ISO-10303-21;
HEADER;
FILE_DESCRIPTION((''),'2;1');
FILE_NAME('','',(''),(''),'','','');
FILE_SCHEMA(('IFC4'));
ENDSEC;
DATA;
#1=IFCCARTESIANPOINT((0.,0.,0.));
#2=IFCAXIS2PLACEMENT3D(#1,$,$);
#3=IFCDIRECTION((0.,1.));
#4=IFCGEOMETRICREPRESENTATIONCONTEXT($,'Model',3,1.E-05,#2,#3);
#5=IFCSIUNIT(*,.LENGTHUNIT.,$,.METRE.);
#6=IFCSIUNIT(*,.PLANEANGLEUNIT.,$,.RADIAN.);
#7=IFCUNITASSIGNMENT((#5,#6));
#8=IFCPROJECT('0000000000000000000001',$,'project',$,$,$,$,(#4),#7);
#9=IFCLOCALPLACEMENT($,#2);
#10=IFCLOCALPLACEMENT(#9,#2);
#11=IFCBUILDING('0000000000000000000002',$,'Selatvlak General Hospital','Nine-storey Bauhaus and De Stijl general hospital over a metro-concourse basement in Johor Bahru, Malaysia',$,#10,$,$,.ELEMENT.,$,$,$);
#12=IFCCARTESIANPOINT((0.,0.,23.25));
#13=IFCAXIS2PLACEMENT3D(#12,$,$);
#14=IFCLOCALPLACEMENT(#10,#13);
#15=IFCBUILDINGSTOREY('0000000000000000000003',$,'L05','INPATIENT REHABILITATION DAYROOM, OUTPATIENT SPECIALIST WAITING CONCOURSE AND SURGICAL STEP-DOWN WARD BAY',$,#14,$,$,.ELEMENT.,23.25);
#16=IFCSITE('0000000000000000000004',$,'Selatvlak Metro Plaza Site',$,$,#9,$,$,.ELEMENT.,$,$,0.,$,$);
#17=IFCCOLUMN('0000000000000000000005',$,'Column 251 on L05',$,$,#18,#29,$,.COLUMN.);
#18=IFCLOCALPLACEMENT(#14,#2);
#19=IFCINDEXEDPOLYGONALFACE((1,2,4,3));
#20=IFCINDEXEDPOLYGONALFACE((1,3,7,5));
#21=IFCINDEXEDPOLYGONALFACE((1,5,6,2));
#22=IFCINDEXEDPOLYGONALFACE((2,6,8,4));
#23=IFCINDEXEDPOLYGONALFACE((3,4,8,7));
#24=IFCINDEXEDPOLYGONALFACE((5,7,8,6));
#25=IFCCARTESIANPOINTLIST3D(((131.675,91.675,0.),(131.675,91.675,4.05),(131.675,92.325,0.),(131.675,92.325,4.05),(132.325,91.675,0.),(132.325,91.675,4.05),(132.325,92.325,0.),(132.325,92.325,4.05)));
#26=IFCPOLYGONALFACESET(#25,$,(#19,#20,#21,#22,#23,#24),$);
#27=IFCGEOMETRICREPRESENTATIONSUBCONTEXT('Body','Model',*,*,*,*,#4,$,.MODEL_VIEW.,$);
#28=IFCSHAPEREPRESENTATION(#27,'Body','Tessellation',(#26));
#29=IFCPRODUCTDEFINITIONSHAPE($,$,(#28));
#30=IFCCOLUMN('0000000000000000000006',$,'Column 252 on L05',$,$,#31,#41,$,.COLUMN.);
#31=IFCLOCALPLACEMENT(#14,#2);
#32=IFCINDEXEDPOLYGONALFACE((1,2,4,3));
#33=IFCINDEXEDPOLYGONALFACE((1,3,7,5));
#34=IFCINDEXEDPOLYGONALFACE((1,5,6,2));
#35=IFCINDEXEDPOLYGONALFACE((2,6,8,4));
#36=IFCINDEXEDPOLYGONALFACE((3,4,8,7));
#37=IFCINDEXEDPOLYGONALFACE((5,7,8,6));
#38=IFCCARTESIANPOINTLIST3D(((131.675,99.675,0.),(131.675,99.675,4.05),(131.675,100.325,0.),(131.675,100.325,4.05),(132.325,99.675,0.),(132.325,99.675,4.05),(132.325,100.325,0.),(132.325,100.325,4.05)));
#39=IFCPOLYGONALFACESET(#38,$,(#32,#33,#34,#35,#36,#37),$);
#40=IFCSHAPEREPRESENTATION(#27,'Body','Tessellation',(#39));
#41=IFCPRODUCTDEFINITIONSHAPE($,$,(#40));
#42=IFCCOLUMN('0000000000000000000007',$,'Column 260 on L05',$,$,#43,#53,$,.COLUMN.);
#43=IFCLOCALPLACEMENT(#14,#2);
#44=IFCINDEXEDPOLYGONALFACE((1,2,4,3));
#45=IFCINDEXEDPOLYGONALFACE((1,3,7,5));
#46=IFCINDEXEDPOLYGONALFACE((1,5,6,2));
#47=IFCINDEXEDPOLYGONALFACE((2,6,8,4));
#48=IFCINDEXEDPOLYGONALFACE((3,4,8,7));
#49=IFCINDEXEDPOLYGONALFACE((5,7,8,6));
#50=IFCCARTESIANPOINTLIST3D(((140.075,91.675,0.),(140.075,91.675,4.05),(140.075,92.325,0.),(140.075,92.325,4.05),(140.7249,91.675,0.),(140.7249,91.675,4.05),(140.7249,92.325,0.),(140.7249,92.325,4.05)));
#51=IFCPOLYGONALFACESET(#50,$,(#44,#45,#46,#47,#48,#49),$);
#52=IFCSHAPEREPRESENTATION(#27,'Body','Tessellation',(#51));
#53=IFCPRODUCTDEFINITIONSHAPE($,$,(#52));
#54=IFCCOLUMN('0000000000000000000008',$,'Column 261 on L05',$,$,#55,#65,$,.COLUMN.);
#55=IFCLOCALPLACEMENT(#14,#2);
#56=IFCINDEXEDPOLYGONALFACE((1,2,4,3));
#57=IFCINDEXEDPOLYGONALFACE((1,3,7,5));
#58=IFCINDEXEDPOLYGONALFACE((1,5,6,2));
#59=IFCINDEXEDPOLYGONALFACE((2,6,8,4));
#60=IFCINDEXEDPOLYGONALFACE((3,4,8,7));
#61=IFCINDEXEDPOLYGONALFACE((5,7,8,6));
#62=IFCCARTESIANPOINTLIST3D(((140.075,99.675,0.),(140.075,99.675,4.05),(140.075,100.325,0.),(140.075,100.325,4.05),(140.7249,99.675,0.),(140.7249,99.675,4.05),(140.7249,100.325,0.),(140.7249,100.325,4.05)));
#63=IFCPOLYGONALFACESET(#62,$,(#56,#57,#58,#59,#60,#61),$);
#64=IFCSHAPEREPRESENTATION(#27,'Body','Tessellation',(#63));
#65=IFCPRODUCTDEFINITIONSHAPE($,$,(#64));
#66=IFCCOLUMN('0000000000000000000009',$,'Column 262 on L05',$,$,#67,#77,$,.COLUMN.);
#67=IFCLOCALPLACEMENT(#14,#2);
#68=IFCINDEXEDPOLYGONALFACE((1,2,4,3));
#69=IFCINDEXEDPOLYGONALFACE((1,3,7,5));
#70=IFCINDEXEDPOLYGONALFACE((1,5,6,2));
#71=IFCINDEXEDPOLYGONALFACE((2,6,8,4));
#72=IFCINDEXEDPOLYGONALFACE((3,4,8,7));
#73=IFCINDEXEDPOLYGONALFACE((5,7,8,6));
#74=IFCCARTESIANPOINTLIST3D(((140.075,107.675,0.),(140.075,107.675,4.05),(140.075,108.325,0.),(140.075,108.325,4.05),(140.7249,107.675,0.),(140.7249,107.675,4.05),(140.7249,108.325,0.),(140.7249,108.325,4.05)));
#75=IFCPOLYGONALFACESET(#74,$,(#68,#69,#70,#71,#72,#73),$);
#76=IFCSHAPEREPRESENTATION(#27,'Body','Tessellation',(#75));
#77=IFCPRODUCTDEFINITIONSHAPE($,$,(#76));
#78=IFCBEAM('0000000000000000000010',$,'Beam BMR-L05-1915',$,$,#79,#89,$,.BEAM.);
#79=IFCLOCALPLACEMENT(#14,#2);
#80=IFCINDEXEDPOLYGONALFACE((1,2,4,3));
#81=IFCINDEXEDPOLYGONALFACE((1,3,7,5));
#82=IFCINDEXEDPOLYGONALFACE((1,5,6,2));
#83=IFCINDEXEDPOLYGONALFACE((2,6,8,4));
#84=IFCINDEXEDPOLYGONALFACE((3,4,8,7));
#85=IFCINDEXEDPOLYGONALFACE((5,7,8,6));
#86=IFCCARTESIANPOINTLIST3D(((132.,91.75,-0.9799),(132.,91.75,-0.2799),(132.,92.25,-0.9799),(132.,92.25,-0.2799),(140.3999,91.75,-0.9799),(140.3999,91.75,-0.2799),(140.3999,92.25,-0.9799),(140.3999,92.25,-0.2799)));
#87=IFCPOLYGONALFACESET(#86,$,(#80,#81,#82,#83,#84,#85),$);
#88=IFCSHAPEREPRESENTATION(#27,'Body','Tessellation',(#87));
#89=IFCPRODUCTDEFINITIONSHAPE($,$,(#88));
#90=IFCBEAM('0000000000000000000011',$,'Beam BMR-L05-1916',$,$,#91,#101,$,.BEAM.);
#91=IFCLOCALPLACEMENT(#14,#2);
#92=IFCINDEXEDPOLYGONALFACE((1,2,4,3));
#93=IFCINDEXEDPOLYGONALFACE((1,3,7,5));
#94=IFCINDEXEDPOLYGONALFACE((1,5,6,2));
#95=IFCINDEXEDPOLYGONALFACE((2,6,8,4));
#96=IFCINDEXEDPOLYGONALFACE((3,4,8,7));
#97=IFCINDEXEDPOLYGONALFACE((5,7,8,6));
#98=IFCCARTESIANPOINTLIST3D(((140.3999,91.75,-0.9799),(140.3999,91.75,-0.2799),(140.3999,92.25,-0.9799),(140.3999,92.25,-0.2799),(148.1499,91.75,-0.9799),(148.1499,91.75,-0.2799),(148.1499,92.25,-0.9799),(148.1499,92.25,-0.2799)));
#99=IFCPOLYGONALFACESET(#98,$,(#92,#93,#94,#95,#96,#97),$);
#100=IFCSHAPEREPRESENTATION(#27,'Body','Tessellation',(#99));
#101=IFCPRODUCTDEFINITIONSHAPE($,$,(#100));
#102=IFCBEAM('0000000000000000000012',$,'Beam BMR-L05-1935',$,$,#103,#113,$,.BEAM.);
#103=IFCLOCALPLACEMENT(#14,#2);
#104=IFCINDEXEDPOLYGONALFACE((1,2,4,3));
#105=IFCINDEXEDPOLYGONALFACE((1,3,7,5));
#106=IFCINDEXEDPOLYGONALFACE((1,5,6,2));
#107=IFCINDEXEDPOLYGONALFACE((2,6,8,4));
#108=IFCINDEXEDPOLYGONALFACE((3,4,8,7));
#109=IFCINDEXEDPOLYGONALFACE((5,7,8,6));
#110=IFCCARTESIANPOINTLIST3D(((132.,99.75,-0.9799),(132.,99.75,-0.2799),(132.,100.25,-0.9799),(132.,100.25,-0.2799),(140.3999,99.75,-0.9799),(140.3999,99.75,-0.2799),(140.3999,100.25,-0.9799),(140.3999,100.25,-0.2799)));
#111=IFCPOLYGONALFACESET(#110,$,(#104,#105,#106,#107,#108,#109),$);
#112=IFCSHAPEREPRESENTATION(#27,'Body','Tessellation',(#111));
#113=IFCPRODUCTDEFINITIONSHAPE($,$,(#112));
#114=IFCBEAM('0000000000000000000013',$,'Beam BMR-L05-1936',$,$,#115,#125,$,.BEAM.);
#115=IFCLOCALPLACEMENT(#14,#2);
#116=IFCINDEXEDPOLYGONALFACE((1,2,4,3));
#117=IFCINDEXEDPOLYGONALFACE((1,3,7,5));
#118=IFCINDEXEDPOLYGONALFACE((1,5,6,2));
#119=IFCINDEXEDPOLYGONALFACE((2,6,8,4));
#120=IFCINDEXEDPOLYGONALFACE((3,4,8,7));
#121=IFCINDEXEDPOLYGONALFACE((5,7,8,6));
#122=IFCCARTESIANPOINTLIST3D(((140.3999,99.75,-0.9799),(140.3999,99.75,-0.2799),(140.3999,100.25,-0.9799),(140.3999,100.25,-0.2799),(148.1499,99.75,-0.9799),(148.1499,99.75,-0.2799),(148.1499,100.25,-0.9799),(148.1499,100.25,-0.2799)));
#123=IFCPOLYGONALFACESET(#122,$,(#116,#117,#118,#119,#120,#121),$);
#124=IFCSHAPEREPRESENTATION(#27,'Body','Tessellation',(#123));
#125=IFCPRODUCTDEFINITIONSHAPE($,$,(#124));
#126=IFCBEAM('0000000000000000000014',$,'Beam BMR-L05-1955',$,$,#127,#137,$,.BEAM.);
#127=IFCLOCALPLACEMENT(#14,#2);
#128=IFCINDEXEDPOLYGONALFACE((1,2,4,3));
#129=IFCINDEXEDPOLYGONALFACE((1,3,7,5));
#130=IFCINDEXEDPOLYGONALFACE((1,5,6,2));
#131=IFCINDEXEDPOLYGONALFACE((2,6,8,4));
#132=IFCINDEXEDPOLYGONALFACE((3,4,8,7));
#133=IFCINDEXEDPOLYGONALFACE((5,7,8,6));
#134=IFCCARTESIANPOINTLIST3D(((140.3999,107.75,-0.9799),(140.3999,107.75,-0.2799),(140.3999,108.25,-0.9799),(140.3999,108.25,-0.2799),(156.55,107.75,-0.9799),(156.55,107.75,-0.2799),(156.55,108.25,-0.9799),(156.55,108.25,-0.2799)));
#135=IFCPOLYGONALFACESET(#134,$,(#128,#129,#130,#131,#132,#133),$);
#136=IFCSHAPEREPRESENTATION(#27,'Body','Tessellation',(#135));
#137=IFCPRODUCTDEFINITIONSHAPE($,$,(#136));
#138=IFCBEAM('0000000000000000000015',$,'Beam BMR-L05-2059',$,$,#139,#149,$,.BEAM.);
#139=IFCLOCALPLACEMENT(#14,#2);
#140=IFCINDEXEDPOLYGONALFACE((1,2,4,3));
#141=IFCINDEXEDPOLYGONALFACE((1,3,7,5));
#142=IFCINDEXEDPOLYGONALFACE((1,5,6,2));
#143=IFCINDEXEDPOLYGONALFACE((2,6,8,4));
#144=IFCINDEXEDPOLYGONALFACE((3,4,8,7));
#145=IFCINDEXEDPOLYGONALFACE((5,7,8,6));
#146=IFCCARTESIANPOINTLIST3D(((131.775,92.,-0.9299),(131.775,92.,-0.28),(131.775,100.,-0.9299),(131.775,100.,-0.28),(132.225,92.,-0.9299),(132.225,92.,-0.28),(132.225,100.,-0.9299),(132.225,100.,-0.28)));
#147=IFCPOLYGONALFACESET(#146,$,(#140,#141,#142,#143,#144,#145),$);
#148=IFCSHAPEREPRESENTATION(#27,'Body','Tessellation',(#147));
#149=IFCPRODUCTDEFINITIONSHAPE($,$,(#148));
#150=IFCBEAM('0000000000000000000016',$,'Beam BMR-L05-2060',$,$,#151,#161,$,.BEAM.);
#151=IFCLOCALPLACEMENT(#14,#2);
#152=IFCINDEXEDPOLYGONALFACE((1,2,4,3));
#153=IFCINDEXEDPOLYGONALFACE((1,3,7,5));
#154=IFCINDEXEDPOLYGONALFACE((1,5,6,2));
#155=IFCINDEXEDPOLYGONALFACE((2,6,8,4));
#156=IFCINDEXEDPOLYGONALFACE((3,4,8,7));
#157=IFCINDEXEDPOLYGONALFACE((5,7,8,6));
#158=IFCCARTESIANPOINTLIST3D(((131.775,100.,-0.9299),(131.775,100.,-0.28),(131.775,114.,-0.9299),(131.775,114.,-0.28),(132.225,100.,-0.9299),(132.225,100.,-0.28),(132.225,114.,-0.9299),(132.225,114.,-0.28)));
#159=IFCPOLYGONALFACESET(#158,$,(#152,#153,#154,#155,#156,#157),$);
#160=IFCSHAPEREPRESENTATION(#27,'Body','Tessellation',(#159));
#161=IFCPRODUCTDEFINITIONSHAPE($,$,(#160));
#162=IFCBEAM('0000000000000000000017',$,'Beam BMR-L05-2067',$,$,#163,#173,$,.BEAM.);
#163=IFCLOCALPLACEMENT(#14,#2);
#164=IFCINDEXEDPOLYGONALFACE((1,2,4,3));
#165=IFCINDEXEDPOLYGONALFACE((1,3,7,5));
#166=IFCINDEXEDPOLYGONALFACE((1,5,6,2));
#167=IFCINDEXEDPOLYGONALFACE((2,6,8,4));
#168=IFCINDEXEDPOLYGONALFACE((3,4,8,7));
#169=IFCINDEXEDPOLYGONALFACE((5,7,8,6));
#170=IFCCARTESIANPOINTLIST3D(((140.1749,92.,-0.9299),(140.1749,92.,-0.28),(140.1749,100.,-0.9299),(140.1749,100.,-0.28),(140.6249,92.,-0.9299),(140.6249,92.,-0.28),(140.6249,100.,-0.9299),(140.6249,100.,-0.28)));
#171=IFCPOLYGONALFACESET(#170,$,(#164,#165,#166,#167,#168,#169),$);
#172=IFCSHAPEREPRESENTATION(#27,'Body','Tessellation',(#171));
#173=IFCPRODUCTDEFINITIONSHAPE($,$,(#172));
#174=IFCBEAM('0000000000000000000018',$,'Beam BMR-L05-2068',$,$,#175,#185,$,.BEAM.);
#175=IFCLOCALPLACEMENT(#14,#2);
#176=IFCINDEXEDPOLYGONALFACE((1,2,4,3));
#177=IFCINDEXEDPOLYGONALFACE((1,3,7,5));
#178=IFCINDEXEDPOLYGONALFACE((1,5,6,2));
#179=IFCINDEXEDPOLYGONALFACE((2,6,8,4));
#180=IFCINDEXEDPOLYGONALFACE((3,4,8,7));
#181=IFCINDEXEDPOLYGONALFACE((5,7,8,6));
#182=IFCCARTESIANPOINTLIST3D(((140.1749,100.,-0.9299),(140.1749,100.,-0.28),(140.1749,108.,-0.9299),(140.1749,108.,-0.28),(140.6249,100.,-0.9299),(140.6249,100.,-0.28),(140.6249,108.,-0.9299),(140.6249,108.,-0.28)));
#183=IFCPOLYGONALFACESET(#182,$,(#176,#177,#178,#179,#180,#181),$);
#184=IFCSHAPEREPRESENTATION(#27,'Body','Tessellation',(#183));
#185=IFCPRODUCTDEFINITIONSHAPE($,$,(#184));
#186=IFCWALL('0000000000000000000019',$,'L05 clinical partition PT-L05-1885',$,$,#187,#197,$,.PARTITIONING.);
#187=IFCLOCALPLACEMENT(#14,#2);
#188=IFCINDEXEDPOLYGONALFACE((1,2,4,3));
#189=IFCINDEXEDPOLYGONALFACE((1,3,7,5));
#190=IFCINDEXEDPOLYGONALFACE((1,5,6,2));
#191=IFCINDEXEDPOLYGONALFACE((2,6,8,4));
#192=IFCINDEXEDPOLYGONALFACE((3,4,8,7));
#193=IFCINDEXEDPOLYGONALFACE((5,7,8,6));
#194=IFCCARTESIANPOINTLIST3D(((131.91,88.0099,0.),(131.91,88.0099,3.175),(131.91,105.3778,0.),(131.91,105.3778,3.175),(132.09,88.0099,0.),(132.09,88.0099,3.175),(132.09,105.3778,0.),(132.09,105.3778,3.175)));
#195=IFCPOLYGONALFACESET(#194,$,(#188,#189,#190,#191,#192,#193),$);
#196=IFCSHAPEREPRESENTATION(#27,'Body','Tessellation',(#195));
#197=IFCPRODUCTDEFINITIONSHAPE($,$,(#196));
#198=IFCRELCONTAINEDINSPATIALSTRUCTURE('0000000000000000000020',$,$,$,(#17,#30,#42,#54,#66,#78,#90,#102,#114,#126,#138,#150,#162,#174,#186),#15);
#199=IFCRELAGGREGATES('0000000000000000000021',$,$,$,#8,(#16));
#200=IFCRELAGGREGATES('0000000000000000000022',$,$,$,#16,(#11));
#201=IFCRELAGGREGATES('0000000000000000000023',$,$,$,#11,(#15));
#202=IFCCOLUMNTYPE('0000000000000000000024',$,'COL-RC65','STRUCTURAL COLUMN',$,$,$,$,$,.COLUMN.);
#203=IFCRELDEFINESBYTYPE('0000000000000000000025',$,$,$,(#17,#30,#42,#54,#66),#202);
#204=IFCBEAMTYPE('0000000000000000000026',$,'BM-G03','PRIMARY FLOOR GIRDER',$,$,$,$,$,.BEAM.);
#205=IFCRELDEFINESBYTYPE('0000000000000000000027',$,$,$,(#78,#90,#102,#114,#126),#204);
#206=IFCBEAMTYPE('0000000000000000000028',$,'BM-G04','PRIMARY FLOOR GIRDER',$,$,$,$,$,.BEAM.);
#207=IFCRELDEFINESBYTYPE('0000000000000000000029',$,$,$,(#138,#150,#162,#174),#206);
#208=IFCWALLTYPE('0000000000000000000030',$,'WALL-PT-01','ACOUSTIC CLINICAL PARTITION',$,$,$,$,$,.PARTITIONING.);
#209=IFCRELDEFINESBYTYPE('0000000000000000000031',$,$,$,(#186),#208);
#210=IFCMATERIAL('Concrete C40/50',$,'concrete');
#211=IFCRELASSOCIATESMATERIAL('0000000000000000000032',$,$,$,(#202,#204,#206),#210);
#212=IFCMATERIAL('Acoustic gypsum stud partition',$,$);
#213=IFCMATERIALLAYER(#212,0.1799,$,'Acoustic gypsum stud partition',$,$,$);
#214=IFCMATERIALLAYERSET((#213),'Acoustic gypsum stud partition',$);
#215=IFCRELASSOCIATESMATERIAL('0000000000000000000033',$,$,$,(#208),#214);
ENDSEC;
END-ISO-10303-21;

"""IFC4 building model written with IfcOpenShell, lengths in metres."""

from ifc_helpers import new_model, si_unit, direction, frame, frame_2d, origin, origin_2d, place, context, subcontext, project, spatial, rectangle, extrude, material, layer, layer_set, material_profile, profile_set, type_object, element, save


model = new_model("IFC4")

# Units and contexts
model_context = context("Model", 3, precision=1e-05, world=origin(), true_north=direction((0.0, 1.0)))
body_context = subcontext(model_context, "Body", "Model", "MODEL_VIEW")
ifc_project = project(units=[si_unit("LENGTHUNIT", "METRE"), si_unit("PLANEANGLEUNIT", "RADIAN")], contexts=[model_context])

# Site, building, storey
site_placement = place(None, origin())
site = spatial("IfcSite", under=ifc_project, at=site_placement, Name="Selatvlak Metro Plaza Site", CompositionType="ELEMENT", RefElevation=0.0)
building_placement = place(site_placement, origin())
building = spatial("IfcBuilding", under=site, at=building_placement, Name="Selatvlak General Hospital", Description="Nine-storey Bauhaus and De Stijl general hospital over a metro-concourse basement in Johor Bahru, Malaysia", CompositionType="ELEMENT")
storey_placement = place(building_placement, frame((0.0, 0.0, 23.25)))
storey = spatial("IfcBuildingStorey", under=building, at=storey_placement, Name="L05", Description="INPATIENT REHABILITATION DAYROOM, OUTPATIENT SPECIALIST WAITING CONCOURSE AND SURGICAL STEP-DOWN WARD BAY", CompositionType="ELEMENT", Elevation=23.25)

# Columns
ifc_material_1 = material(Name="Concrete C40/50", Category="concrete")
ifc_material_profile_1 = material_profile(ifc_material_1, rectangle(XDim=0.6499, YDim=0.6499, at=origin_2d()), Name="RC-COL 650x650")
ifc_profile_set_1 = profile_set([ifc_material_profile_1], Name="Concrete C40/50")
column_type = type_object("IfcColumnType", Name="COL-RC65", Description="STRUCTURAL COLUMN", PredefinedType="COLUMN", material=ifc_profile_set_1)
for number, where, z_axis, x_axis, name in (
    (1, (132.0, 92.0, 0.0), (0.0, 0.0, 1.0), (1.0, 0.0, 0.0), "Column 251 on L05"),
    (2, (132.0, 100.0, 0.0), (0.0, 0.0, 1.0), (1.0, 0.0, 0.0), "Column 252 on L05"),
    (3, (140.3999, 92.0, 0.0), (0.0, 0.0, 1.0), (1.0, 0.0, 0.0), "Column 260 on L05"),
    (4, (140.3999, 100.0, 0.0), (0.0, 0.0, 1.0), (1.0, 0.0, 0.0), "Column 261 on L05"),
    (5, (140.3999, 108.0, 0.0), (0.0, 0.0, 1.0), (1.0, 0.0, 0.0), "Column 262 on L05"),
):
    element("IfcColumn", number, at=place(storey_placement, frame(where, z_axis=z_axis, x_axis=x_axis)), inside=storey, type_object=column_type, Name=name, PredefinedType="COLUMN", context=body_context, shape_type="SweptSolid", body=[
        extrude(rectangle(XDim=0.6499, YDim=0.6499, at=origin_2d()), origin(), (0.0, 0.0, 1.0), 4.05),
    ])

# Beams
ifc_material_profile_2 = material_profile(ifc_material_1, rectangle(XDim=0.5, YDim=0.7, at=origin_2d()), Name="RC-BM 500x700")
ifc_profile_set_2 = profile_set([ifc_material_profile_2], Name="Concrete C40/50")
beam_type_1 = type_object("IfcBeamType", Name="BM-G03", Description="PRIMARY FLOOR GIRDER", PredefinedType="BEAM", material=ifc_profile_set_2)
beam_1_placement = place(storey_placement, frame((132.0, 92.0, -0.6299), z_axis=(1.0, 0.0, 0.0), x_axis=(0.0, 1.0, 0.0)))
element("IfcBeam", 6, at=beam_1_placement, inside=storey, type_object=beam_type_1, Name="Beam BMR-L05-1915", PredefinedType="BEAM", context=body_context, shape_type="SweptSolid", body=[
    extrude(rectangle(XDim=0.5, YDim=0.7, at=origin_2d()), origin(), (0.0, 0.0, 1.0), 8.3999),
])
beam_2_placement = place(storey_placement, frame((140.3999, 92.0, -0.6299), z_axis=(1.0, 0.0, 0.0), x_axis=(0.0, 1.0, 0.0)))
element("IfcBeam", 7, at=beam_2_placement, inside=storey, type_object=beam_type_1, Name="Beam BMR-L05-1916", PredefinedType="BEAM", context=body_context, shape_type="SweptSolid", body=[
    extrude(rectangle(XDim=0.5, YDim=0.7, at=origin_2d()), origin(), (0.0, 0.0, 1.0), 7.75),
])
beam_3_placement = place(storey_placement, frame((132.0, 100.0, -0.6299), z_axis=(1.0, 0.0, 0.0), x_axis=(0.0, 1.0, 0.0)))
element("IfcBeam", 8, at=beam_3_placement, inside=storey, type_object=beam_type_1, Name="Beam BMR-L05-1935", PredefinedType="BEAM", context=body_context, shape_type="SweptSolid", body=[
    extrude(rectangle(XDim=0.5, YDim=0.7, at=origin_2d()), origin(), (0.0, 0.0, 1.0), 8.3999),
])
beam_4_placement = place(storey_placement, frame((140.3999, 100.0, -0.6299), z_axis=(1.0, 0.0, 0.0), x_axis=(0.0, 1.0, 0.0)))
element("IfcBeam", 9, at=beam_4_placement, inside=storey, type_object=beam_type_1, Name="Beam BMR-L05-1936", PredefinedType="BEAM", context=body_context, shape_type="SweptSolid", body=[
    extrude(rectangle(XDim=0.5, YDim=0.7, at=origin_2d()), origin(), (0.0, 0.0, 1.0), 7.75),
])
beam_5_placement = place(storey_placement, frame((140.3999, 108.0, -0.6299), z_axis=(1.0, 0.0, 0.0), x_axis=(0.0, 1.0, 0.0)))
element("IfcBeam", 10, at=beam_5_placement, inside=storey, type_object=beam_type_1, Name="Beam BMR-L05-1955", PredefinedType="BEAM", context=body_context, shape_type="SweptSolid", body=[
    extrude(rectangle(XDim=0.5, YDim=0.7, at=origin_2d()), origin(), (0.0, 0.0, 1.0), 16.1501),
])
ifc_material_profile_3 = material_profile(ifc_material_1, rectangle(XDim=0.45, YDim=0.6499, at=origin_2d()), Name="RC-BM 450x650")
ifc_profile_set_3 = profile_set([ifc_material_profile_3], Name="Concrete C40/50")
beam_type_2 = type_object("IfcBeamType", Name="BM-G04", Description="PRIMARY FLOOR GIRDER", PredefinedType="BEAM", material=ifc_profile_set_3)
beam_6_placement = place(storey_placement, frame((132.0, 92.0, -0.605), z_axis=(0.0, 1.0, 0.0), x_axis=(-1.0, 0.0, 0.0)))
element("IfcBeam", 11, at=beam_6_placement, inside=storey, type_object=beam_type_2, Name="Beam BMR-L05-2059", PredefinedType="BEAM", context=body_context, shape_type="SweptSolid", body=[
    extrude(rectangle(XDim=0.45, YDim=0.6499, at=origin_2d()), origin(), (0.0, 0.0, 1.0), 8.0),
])
beam_7_placement = place(storey_placement, frame((132.0, 100.0, -0.605), z_axis=(0.0, 1.0, 0.0), x_axis=(-1.0, 0.0, 0.0)))
element("IfcBeam", 12, at=beam_7_placement, inside=storey, type_object=beam_type_2, Name="Beam BMR-L05-2060", PredefinedType="BEAM", context=body_context, shape_type="SweptSolid", body=[
    extrude(rectangle(XDim=0.45, YDim=0.6499, at=origin_2d()), origin(), (0.0, 0.0, 1.0), 14.0),
])
for number, where, z_axis, x_axis, name in (
    (13, (140.3999, 92.0, -0.605), (0.0, 1.0, 0.0), (-1.0, 0.0, 0.0), "Beam BMR-L05-2067"),
    (14, (140.3999, 100.0, -0.605), (0.0, 1.0, 0.0), (-1.0, 0.0, 0.0), "Beam BMR-L05-2068"),
):
    element("IfcBeam", number, at=place(storey_placement, frame(where, z_axis=z_axis, x_axis=x_axis)), inside=storey, type_object=beam_type_2, Name=name, PredefinedType="BEAM", context=body_context, shape_type="SweptSolid", body=[
        extrude(rectangle(XDim=0.45, YDim=0.6499, at=origin_2d()), origin(), (0.0, 0.0, 1.0), 8.0),
    ])

# Wall
ifc_material_2 = material(Name="Acoustic gypsum stud partition")
ifc_layer_1 = layer(ifc_material_2, 0.1799, Name="Acoustic gypsum stud partition")
ifc_layer_set_1 = layer_set([ifc_layer_1], Name="Acoustic gypsum stud partition")
wall_type_1 = type_object("IfcWallType", Name="WALL-PT-01", Description="ACOUSTIC CLINICAL PARTITION", PredefinedType="PARTITIONING", material=ifc_layer_set_1)
wall_1_placement = place(storey_placement, frame((132.0, 105.3779, 0.0), z_axis=(0.0, 0.0, 1.0), x_axis=(0.0, -1.0, 0.0)))
element("IfcWall", 15, at=wall_1_placement, inside=storey, type_object=wall_type_1, Name="L05 clinical partition PT-L05-1885", PredefinedType="PARTITIONING", context=body_context, shape_type="SweptSolid", body=[
    extrude(rectangle(XDim=17.3679, YDim=0.1799, at=frame_2d((8.6841, 0.0))), origin(), (0.0, 0.0, 1.0), 3.175),
])

save(model, "model.ifc")
